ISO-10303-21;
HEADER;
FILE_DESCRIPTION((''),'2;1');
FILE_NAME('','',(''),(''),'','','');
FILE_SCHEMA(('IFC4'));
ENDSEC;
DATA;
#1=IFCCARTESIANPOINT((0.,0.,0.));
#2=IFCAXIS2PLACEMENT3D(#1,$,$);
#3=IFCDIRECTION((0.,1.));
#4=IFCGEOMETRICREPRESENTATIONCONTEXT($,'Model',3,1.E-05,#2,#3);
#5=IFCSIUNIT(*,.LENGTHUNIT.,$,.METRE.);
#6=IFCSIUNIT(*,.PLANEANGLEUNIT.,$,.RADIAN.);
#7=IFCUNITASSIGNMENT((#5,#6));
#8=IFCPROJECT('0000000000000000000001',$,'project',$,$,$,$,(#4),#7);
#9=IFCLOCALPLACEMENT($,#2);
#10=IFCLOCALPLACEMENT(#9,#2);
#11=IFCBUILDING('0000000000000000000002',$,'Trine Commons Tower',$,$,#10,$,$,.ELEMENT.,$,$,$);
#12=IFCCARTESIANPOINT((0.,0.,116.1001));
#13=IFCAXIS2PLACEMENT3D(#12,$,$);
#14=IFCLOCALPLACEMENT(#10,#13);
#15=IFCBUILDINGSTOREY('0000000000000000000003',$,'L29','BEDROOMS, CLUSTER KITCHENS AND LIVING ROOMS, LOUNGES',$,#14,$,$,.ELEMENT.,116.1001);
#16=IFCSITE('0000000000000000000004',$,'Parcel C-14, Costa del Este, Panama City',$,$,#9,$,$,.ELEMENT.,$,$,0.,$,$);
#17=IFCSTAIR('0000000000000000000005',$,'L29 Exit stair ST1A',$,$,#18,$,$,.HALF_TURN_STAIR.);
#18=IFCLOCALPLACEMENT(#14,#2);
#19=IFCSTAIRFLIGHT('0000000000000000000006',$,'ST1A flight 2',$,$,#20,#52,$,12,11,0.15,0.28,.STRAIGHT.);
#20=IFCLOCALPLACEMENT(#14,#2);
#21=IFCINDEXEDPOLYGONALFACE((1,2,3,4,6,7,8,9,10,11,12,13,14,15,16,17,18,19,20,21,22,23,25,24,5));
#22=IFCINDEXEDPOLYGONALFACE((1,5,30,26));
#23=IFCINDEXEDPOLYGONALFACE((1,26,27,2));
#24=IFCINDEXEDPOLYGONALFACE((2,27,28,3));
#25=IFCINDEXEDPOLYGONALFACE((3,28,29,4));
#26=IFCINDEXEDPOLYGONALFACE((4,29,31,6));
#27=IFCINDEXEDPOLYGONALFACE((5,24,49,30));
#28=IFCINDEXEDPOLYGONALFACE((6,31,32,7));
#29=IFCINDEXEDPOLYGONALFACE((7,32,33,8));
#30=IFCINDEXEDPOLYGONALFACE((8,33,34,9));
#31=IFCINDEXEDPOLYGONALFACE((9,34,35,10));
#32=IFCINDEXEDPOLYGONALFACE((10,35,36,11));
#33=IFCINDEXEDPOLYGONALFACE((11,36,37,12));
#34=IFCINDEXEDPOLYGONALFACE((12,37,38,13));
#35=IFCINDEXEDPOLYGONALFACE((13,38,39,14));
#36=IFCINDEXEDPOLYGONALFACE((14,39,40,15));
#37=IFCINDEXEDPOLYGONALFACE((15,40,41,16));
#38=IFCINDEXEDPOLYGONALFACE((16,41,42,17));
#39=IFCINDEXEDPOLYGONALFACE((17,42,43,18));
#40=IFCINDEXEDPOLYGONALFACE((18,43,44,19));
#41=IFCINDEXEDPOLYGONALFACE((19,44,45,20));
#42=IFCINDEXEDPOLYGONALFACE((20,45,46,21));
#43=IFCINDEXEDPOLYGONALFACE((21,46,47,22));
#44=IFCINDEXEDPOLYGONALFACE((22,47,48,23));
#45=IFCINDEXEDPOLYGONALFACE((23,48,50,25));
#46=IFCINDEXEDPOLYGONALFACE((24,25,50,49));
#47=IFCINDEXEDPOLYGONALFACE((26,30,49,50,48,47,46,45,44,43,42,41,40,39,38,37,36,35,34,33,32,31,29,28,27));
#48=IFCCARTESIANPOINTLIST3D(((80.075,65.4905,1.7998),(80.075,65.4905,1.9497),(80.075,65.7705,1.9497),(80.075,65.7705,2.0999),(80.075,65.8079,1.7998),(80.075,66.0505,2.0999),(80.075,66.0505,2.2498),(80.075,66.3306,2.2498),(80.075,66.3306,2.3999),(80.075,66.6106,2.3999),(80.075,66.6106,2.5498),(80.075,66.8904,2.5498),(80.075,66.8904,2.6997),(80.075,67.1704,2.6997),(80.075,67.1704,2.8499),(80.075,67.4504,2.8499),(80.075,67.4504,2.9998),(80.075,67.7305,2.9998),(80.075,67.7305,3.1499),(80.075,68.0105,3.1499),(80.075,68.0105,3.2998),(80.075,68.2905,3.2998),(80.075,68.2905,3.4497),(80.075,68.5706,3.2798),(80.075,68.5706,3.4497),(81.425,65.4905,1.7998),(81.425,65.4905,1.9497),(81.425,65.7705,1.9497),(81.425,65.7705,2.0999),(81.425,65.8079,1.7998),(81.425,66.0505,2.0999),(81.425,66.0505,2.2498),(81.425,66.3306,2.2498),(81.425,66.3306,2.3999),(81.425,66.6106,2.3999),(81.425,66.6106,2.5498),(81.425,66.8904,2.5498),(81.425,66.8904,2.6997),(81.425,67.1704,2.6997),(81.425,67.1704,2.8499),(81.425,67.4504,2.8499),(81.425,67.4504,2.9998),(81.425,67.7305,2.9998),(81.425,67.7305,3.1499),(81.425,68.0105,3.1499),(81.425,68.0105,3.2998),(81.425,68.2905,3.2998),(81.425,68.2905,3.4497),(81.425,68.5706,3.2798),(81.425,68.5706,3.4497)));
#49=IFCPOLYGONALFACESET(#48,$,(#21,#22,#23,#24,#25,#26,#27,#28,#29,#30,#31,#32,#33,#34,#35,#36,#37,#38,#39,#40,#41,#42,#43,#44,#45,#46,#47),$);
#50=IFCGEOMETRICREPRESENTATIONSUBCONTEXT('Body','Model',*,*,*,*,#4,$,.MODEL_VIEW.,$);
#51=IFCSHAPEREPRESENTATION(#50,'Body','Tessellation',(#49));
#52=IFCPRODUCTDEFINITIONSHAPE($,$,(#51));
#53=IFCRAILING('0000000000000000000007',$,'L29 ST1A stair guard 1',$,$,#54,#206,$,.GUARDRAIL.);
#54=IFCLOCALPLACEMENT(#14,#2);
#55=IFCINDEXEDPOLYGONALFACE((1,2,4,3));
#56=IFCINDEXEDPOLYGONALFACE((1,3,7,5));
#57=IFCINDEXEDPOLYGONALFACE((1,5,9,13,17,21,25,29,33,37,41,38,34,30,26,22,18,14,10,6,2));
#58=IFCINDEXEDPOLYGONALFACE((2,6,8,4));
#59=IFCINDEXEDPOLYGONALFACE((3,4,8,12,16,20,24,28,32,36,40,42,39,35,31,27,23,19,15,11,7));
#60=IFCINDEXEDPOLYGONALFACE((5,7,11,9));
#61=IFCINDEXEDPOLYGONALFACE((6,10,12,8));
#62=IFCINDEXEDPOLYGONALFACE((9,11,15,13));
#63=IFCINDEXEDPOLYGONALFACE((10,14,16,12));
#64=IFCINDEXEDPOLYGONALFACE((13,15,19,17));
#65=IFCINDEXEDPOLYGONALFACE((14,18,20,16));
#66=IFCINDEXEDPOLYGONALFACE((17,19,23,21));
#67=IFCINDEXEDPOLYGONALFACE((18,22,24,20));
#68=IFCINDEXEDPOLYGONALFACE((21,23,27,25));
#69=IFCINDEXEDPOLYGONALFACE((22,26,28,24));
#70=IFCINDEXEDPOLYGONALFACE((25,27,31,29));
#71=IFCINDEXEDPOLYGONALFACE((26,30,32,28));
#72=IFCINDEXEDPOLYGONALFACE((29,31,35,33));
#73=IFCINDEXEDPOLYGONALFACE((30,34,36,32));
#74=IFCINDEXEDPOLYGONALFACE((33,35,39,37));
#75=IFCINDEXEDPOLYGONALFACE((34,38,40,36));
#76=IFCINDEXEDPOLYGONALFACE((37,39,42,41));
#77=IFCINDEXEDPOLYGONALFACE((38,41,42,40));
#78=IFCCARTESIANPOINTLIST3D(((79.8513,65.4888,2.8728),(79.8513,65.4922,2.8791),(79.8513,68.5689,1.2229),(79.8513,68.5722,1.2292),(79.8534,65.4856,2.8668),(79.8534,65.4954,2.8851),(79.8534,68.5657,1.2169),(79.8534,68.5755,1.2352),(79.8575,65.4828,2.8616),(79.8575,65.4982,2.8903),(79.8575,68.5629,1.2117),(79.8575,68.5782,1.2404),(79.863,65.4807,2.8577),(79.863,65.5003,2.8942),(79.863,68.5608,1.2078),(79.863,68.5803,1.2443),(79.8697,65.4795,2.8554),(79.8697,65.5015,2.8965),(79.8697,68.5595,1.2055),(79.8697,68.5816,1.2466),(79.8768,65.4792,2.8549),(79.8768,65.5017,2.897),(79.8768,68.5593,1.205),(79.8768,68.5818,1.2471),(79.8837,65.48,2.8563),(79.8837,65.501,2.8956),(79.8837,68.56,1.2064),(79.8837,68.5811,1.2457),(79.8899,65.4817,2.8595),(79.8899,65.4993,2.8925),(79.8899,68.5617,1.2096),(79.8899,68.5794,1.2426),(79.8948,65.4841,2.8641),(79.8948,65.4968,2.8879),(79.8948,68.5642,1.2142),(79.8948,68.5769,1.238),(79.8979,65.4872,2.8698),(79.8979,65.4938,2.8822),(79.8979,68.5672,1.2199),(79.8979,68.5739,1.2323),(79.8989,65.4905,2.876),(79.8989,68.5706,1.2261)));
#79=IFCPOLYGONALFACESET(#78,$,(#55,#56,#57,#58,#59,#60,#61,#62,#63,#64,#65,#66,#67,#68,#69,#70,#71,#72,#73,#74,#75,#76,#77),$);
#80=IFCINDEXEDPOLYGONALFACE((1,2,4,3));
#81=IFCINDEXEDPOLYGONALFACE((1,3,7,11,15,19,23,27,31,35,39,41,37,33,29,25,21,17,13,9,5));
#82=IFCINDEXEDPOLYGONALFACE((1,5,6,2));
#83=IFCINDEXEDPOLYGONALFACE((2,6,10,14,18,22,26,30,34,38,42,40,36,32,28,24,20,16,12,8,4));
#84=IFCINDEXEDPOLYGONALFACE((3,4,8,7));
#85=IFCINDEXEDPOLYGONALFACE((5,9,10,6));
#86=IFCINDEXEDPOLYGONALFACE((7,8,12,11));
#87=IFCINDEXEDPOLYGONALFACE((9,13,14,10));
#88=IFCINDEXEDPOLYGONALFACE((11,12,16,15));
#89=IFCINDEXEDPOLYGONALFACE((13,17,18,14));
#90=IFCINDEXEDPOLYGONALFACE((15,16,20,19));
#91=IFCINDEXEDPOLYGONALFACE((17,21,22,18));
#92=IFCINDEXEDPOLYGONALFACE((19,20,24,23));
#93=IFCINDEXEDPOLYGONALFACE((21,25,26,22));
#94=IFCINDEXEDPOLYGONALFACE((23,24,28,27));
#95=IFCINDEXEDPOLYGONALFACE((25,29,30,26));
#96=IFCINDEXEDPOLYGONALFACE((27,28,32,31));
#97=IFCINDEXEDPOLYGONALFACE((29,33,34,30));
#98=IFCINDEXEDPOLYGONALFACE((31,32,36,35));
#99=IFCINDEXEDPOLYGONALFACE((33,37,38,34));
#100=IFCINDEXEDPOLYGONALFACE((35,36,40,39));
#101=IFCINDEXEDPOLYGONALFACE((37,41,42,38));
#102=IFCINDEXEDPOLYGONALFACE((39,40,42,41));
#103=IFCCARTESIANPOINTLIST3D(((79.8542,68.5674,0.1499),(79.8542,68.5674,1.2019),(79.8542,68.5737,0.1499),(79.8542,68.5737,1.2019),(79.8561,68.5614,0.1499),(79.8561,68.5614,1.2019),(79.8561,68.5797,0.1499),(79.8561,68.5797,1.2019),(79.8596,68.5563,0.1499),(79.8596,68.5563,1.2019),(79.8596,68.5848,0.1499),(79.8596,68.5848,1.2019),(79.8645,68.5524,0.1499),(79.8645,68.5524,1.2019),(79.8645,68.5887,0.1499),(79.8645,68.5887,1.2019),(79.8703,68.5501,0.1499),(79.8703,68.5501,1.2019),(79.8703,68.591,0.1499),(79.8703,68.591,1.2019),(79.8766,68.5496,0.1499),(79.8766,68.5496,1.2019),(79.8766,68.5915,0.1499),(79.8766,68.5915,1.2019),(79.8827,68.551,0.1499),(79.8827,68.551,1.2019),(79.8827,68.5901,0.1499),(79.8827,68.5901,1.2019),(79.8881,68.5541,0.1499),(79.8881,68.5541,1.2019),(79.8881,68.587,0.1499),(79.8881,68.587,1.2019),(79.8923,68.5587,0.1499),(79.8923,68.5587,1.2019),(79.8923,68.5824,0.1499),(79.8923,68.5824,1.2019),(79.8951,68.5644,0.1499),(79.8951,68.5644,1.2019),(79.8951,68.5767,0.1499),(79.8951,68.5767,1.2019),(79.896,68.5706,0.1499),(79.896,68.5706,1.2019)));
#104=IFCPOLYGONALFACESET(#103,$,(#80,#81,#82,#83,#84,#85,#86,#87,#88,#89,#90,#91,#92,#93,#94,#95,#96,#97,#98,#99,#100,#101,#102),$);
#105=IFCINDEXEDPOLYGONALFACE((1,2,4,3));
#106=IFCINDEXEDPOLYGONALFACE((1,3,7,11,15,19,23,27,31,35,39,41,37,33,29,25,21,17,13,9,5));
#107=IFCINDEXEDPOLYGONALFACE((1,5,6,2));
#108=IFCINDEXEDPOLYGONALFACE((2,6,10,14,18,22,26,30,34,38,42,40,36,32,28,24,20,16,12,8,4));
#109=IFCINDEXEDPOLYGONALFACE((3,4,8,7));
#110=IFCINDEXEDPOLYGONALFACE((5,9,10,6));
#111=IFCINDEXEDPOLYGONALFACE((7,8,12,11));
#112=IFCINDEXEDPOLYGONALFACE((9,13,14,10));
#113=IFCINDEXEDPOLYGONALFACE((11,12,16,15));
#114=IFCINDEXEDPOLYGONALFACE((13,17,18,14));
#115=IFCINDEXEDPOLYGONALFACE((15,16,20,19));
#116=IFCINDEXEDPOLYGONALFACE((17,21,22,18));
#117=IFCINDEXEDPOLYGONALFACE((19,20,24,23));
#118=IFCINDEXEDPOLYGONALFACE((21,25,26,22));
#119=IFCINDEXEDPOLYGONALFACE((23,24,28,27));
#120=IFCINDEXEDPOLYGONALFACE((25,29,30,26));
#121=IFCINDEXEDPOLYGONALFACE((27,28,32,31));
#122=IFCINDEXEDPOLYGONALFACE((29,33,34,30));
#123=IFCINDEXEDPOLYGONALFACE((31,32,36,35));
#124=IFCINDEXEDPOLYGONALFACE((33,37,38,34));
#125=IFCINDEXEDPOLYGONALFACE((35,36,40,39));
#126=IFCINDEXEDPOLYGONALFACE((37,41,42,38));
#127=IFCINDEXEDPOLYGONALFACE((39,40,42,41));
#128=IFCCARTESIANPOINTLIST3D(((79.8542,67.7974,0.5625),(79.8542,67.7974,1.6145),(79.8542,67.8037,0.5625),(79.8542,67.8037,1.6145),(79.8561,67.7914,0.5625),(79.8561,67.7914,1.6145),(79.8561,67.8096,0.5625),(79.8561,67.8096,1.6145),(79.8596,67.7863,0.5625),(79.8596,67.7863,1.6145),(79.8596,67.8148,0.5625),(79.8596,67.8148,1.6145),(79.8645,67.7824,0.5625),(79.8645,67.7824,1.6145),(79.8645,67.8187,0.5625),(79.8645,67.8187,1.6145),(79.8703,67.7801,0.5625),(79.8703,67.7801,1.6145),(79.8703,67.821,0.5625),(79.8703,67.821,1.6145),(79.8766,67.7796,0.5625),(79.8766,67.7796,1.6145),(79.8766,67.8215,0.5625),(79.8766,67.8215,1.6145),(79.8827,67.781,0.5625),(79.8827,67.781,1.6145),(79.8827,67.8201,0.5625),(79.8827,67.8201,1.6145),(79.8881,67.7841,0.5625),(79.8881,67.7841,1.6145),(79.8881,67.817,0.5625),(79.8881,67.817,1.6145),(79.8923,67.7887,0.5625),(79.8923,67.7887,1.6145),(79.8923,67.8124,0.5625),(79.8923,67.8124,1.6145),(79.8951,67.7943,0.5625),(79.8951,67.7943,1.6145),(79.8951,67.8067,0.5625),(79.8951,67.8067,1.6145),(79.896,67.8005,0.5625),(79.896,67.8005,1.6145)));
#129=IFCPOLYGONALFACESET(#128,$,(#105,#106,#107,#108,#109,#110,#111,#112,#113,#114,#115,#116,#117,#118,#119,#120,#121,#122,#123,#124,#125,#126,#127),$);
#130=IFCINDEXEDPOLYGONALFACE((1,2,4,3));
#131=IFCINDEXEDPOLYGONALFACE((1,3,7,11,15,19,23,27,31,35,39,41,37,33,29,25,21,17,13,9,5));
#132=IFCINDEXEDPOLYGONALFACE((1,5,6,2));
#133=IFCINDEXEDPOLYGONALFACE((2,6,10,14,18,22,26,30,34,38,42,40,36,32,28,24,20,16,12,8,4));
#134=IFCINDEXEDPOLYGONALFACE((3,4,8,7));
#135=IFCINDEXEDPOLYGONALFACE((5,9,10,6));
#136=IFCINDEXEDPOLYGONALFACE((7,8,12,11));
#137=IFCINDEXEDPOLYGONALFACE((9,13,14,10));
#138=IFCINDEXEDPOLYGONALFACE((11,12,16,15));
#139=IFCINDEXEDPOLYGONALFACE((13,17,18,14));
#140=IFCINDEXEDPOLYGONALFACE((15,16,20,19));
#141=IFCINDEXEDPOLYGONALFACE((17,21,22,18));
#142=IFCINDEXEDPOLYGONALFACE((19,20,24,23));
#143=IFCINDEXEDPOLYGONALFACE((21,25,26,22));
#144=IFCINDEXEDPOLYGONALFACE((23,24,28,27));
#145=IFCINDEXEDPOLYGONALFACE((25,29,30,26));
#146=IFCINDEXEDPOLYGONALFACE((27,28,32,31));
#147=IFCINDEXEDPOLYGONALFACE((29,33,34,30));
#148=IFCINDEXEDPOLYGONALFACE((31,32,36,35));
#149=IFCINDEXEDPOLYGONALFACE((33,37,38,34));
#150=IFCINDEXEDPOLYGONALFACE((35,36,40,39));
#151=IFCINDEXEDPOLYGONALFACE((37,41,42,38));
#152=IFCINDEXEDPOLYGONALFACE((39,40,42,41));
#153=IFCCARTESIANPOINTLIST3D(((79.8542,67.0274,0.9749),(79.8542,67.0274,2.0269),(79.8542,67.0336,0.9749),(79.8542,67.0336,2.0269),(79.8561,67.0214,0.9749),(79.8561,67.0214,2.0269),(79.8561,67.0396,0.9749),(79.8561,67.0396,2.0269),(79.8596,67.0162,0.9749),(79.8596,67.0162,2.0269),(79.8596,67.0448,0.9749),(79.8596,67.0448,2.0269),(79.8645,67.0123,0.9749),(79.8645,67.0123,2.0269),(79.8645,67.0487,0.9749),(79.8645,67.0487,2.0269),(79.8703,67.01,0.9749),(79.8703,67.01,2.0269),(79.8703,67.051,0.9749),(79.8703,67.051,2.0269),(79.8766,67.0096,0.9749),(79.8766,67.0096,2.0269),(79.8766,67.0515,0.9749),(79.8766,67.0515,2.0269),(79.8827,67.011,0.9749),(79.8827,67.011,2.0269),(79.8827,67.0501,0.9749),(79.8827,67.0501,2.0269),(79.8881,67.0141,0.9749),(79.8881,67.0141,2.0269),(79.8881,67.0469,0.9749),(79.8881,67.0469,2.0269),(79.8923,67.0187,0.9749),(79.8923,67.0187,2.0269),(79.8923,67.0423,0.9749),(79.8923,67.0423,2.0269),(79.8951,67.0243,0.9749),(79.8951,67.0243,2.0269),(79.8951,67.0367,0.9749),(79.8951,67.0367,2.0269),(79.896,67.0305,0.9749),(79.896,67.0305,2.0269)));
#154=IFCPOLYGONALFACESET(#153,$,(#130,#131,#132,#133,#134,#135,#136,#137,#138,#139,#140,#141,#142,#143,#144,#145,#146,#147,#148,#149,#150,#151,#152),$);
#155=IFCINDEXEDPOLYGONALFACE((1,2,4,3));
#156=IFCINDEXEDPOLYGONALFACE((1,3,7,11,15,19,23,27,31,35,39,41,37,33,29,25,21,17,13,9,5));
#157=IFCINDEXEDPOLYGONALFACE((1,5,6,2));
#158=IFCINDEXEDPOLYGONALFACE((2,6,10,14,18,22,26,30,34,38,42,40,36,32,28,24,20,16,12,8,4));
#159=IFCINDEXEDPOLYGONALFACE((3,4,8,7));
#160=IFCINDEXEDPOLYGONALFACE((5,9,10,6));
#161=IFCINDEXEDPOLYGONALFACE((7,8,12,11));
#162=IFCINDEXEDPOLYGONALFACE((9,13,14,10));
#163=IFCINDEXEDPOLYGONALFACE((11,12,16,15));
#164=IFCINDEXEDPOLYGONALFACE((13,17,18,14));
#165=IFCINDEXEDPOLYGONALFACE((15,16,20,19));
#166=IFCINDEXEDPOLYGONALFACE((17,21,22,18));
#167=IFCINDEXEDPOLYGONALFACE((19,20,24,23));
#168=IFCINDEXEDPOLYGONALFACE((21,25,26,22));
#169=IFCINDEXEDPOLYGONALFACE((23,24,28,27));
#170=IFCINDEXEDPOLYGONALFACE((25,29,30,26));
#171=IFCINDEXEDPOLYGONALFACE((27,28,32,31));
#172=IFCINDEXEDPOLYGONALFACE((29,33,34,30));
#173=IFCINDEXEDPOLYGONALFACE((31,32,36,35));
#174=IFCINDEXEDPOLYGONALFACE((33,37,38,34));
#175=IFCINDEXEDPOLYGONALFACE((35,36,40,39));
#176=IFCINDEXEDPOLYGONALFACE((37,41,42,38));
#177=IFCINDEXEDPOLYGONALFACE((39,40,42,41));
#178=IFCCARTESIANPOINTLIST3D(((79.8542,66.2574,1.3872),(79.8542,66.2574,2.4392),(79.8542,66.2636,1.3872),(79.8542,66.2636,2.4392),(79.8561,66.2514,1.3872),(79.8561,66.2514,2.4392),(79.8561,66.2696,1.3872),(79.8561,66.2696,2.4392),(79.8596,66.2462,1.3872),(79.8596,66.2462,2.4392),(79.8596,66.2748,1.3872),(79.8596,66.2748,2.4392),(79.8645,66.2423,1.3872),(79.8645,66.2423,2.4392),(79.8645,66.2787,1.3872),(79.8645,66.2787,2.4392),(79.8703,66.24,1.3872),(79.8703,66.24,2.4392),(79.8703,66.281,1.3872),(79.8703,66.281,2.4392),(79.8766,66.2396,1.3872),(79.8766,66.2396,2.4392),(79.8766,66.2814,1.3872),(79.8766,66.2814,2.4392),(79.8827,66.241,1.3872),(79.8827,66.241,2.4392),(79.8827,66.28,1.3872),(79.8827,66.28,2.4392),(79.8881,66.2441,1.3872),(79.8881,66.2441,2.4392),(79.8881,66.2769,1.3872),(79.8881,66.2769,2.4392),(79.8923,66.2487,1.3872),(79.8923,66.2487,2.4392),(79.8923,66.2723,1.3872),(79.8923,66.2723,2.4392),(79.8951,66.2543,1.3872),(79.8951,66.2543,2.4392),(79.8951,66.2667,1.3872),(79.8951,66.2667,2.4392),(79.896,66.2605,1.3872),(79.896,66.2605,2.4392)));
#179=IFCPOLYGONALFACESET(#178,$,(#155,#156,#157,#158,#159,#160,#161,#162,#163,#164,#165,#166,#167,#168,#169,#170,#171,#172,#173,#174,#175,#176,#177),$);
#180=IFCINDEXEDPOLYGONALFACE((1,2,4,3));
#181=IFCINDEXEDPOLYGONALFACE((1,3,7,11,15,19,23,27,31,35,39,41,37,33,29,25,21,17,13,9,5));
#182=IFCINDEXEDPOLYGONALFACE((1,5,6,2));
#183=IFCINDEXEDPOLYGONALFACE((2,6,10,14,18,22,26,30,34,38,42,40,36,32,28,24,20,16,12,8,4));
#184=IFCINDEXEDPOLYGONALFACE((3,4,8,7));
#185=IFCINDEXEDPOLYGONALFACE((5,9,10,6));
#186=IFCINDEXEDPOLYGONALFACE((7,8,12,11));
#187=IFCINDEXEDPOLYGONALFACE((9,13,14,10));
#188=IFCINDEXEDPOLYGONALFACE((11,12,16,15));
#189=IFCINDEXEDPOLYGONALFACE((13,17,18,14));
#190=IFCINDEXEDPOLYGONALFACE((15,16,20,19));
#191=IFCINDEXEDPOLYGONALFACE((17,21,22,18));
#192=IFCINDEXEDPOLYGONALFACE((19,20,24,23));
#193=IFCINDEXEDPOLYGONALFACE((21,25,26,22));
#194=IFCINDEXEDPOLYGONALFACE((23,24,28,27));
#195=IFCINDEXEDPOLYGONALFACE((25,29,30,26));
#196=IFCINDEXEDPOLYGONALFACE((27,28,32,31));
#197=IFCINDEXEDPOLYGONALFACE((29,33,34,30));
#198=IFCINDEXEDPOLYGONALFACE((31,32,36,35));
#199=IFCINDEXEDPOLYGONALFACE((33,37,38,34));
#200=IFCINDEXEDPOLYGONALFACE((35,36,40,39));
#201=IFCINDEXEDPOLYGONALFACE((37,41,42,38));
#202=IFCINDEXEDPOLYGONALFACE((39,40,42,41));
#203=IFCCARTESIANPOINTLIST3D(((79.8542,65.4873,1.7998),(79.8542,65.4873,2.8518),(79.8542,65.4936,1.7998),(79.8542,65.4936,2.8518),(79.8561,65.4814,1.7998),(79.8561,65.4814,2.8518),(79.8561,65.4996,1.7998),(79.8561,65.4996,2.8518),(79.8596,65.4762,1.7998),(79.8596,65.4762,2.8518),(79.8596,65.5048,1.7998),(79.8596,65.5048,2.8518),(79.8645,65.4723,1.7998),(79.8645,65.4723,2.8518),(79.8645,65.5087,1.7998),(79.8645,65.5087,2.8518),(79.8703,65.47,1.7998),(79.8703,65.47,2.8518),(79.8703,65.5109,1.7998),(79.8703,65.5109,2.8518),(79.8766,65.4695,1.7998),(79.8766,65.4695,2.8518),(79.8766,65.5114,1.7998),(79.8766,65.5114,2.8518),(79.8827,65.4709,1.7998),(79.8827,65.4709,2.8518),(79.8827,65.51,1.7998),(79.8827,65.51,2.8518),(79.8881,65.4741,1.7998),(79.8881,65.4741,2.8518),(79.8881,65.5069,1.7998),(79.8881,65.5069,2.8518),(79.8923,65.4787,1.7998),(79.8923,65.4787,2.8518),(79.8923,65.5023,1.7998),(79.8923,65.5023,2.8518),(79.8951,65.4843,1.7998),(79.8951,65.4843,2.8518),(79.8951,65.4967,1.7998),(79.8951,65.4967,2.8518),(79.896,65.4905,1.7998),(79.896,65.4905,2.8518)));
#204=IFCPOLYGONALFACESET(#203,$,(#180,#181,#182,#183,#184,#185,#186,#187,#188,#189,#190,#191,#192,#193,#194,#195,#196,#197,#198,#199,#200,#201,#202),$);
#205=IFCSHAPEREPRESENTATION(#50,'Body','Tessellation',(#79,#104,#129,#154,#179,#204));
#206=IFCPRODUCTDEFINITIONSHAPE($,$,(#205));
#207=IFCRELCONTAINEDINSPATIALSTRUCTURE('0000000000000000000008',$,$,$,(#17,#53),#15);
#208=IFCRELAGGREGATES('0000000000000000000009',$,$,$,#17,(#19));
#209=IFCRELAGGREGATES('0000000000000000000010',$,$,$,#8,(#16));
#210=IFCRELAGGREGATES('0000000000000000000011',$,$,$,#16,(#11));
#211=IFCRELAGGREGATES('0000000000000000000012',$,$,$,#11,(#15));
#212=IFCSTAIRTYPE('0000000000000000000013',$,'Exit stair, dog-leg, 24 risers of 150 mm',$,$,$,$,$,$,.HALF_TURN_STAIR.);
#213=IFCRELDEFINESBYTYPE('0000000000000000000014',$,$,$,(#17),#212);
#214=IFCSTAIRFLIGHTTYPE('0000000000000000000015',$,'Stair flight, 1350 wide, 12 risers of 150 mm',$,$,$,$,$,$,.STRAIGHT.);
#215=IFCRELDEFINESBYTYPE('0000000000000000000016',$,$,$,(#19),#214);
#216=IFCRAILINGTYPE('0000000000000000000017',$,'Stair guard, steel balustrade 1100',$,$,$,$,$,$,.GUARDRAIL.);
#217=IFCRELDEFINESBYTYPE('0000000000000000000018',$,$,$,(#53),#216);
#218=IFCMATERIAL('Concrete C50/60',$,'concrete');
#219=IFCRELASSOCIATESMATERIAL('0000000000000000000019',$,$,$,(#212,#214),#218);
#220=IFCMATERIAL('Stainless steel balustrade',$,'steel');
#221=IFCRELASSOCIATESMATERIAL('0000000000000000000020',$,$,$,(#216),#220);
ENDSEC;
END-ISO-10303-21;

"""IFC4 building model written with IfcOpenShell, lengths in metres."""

from ifc_helpers import new_model, si_unit, direction, frame, origin, origin_2d, place, context, subcontext, project, spatial, polyline, circle, outline, extrude, material, type_object, element, aggregate, save


model = new_model("IFC4")

# Units and contexts
model_context = context("Model", 3, precision=1e-05, world=origin(), true_north=direction((0.0, 1.0)))
body_context = subcontext(model_context, "Body", "Model", "MODEL_VIEW")
ifc_project = project(units=[si_unit("LENGTHUNIT", "METRE"), si_unit("PLANEANGLEUNIT", "RADIAN")], contexts=[model_context])

# Site, building, storey
site_placement = place(None, origin())
site = spatial("IfcSite", under=ifc_project, at=site_placement, Name="Parcel C-14, Costa del Este, Panama City", CompositionType="ELEMENT", RefElevation=0.0)
building_placement = place(site_placement, origin())
building = spatial("IfcBuilding", under=site, at=building_placement, Name="Trine Commons Tower", CompositionType="ELEMENT")
storey_placement = place(building_placement, frame((0.0, 0.0, 116.1001)))
storey = spatial("IfcBuildingStorey", under=building, at=storey_placement, Name="L29", Description="BEDROOMS, CLUSTER KITCHENS AND LIVING ROOMS, LOUNGES", CompositionType="ELEMENT", Elevation=116.1001)

# Stair, stair flight
ifc_material_1 = material(Name="Concrete C50/60", Category="concrete")
stair_type = type_object("IfcStairType", Name="Exit stair, dog-leg, 24 risers of 150 mm", PredefinedType="HALF_TURN_STAIR", material=ifc_material_1)
stair_placement = place(storey_placement, origin())
stair = element("IfcStair", 1, at=stair_placement, inside=storey, type_object=stair_type, Name="L29 Exit stair ST1A", PredefinedType="HALF_TURN_STAIR")
stair_flight_type = type_object("IfcStairFlightType", Name="Stair flight, 1350 wide, 12 risers of 150 mm", PredefinedType="STRAIGHT", material=ifc_material_1)
stair_flight_placement = place(storey_placement, frame((80.75, 65.4905, 1.7998), z_axis=(0.0, 0.0, 1.0), x_axis=(0.0, 1.0, 0.0)))
stair_flight = element("IfcStairFlight", 2, at=stair_flight_placement, type_object=stair_flight_type, Name="ST1A flight 2", NumberOfRisers=12, NumberOfTreads=11, PredefinedType="STRAIGHT", RiserHeight=0.15, TreadLength=0.28, context=body_context, shape_type="SweptSolid", body=[
    extrude(outline(polyline([(0.0, 0.0), (0.0, 0.1499), (0.28, 0.1499), (0.28, 0.3), (0.5601, 0.3), (0.5601, 0.45), (0.8401, 0.45), (0.8401, 0.6001), (1.1201, 0.6001), (1.1201, 0.75), (1.3999, 0.75), (1.3999, 0.8999), (1.6799, 0.8999), (1.6799, 1.05), (1.96, 1.05), (1.96, 1.2), (2.24, 1.2), (2.24, 1.3501), (2.52, 1.3501), (2.52, 1.5), (2.8, 1.5), (2.8, 1.6499), (3.0801, 1.6499), (3.0801, 1.8), (3.0801, 1.48), (0.3174, 0.0), (0.0, 0.0)])), frame((0.0, 0.675, 0.0), z_axis=(0.0, -1.0, 0.0), x_axis=(1.0, 0.0, 0.0)), (0.0, 0.0, 1.0), 1.3501),
])
aggregate(stair, [stair_flight])

# Railing
ifc_material_2 = material(Name="Stainless steel balustrade", Category="steel")
railing_type_1 = type_object("IfcRailingType", Name="Stair guard, steel balustrade 1100", PredefinedType="GUARDRAIL", material=ifc_material_2)
railing_1_placement = place(storey_placement, frame((79.875, 68.5706, 0.1499)))
element("IfcRailing", 3, at=railing_1_placement, inside=storey, type_object=railing_type_1, Name="L29 ST1A stair guard 1", PredefinedType="GUARDRAIL", context=body_context, shape_type="SweptSolid", body=[
    extrude(circle(Radius=0.0239, at=origin_2d()), frame((0.0, 0.0, 1.0762), z_axis=(0.0, -0.881497, 0.47219), x_axis=(1.0, 0.0, 0.0)), (0.0, 0.0, 1.0), 3.4941),
    extrude(circle(Radius=0.021, at=origin_2d()), origin(), (0.0, 0.0, 1.0), 1.052),
    extrude(circle(Radius=0.021, at=origin_2d()), frame((0.0, -0.77, 0.4126)), (0.0, 0.0, 1.0), 1.052),
    extrude(circle(Radius=0.021, at=origin_2d()), frame((0.0, -1.54, 0.825)), (0.0, 0.0, 1.0), 1.052),
    extrude(circle(Radius=0.021, at=origin_2d()), frame((0.0, -2.3101, 1.2373)), (0.0, 0.0, 1.0), 1.052),
    extrude(circle(Radius=0.021, at=origin_2d()), frame((0.0, -3.0801, 1.6499)), (0.0, 0.0, 1.0), 1.052),
])

save(model, "model.ifc")
